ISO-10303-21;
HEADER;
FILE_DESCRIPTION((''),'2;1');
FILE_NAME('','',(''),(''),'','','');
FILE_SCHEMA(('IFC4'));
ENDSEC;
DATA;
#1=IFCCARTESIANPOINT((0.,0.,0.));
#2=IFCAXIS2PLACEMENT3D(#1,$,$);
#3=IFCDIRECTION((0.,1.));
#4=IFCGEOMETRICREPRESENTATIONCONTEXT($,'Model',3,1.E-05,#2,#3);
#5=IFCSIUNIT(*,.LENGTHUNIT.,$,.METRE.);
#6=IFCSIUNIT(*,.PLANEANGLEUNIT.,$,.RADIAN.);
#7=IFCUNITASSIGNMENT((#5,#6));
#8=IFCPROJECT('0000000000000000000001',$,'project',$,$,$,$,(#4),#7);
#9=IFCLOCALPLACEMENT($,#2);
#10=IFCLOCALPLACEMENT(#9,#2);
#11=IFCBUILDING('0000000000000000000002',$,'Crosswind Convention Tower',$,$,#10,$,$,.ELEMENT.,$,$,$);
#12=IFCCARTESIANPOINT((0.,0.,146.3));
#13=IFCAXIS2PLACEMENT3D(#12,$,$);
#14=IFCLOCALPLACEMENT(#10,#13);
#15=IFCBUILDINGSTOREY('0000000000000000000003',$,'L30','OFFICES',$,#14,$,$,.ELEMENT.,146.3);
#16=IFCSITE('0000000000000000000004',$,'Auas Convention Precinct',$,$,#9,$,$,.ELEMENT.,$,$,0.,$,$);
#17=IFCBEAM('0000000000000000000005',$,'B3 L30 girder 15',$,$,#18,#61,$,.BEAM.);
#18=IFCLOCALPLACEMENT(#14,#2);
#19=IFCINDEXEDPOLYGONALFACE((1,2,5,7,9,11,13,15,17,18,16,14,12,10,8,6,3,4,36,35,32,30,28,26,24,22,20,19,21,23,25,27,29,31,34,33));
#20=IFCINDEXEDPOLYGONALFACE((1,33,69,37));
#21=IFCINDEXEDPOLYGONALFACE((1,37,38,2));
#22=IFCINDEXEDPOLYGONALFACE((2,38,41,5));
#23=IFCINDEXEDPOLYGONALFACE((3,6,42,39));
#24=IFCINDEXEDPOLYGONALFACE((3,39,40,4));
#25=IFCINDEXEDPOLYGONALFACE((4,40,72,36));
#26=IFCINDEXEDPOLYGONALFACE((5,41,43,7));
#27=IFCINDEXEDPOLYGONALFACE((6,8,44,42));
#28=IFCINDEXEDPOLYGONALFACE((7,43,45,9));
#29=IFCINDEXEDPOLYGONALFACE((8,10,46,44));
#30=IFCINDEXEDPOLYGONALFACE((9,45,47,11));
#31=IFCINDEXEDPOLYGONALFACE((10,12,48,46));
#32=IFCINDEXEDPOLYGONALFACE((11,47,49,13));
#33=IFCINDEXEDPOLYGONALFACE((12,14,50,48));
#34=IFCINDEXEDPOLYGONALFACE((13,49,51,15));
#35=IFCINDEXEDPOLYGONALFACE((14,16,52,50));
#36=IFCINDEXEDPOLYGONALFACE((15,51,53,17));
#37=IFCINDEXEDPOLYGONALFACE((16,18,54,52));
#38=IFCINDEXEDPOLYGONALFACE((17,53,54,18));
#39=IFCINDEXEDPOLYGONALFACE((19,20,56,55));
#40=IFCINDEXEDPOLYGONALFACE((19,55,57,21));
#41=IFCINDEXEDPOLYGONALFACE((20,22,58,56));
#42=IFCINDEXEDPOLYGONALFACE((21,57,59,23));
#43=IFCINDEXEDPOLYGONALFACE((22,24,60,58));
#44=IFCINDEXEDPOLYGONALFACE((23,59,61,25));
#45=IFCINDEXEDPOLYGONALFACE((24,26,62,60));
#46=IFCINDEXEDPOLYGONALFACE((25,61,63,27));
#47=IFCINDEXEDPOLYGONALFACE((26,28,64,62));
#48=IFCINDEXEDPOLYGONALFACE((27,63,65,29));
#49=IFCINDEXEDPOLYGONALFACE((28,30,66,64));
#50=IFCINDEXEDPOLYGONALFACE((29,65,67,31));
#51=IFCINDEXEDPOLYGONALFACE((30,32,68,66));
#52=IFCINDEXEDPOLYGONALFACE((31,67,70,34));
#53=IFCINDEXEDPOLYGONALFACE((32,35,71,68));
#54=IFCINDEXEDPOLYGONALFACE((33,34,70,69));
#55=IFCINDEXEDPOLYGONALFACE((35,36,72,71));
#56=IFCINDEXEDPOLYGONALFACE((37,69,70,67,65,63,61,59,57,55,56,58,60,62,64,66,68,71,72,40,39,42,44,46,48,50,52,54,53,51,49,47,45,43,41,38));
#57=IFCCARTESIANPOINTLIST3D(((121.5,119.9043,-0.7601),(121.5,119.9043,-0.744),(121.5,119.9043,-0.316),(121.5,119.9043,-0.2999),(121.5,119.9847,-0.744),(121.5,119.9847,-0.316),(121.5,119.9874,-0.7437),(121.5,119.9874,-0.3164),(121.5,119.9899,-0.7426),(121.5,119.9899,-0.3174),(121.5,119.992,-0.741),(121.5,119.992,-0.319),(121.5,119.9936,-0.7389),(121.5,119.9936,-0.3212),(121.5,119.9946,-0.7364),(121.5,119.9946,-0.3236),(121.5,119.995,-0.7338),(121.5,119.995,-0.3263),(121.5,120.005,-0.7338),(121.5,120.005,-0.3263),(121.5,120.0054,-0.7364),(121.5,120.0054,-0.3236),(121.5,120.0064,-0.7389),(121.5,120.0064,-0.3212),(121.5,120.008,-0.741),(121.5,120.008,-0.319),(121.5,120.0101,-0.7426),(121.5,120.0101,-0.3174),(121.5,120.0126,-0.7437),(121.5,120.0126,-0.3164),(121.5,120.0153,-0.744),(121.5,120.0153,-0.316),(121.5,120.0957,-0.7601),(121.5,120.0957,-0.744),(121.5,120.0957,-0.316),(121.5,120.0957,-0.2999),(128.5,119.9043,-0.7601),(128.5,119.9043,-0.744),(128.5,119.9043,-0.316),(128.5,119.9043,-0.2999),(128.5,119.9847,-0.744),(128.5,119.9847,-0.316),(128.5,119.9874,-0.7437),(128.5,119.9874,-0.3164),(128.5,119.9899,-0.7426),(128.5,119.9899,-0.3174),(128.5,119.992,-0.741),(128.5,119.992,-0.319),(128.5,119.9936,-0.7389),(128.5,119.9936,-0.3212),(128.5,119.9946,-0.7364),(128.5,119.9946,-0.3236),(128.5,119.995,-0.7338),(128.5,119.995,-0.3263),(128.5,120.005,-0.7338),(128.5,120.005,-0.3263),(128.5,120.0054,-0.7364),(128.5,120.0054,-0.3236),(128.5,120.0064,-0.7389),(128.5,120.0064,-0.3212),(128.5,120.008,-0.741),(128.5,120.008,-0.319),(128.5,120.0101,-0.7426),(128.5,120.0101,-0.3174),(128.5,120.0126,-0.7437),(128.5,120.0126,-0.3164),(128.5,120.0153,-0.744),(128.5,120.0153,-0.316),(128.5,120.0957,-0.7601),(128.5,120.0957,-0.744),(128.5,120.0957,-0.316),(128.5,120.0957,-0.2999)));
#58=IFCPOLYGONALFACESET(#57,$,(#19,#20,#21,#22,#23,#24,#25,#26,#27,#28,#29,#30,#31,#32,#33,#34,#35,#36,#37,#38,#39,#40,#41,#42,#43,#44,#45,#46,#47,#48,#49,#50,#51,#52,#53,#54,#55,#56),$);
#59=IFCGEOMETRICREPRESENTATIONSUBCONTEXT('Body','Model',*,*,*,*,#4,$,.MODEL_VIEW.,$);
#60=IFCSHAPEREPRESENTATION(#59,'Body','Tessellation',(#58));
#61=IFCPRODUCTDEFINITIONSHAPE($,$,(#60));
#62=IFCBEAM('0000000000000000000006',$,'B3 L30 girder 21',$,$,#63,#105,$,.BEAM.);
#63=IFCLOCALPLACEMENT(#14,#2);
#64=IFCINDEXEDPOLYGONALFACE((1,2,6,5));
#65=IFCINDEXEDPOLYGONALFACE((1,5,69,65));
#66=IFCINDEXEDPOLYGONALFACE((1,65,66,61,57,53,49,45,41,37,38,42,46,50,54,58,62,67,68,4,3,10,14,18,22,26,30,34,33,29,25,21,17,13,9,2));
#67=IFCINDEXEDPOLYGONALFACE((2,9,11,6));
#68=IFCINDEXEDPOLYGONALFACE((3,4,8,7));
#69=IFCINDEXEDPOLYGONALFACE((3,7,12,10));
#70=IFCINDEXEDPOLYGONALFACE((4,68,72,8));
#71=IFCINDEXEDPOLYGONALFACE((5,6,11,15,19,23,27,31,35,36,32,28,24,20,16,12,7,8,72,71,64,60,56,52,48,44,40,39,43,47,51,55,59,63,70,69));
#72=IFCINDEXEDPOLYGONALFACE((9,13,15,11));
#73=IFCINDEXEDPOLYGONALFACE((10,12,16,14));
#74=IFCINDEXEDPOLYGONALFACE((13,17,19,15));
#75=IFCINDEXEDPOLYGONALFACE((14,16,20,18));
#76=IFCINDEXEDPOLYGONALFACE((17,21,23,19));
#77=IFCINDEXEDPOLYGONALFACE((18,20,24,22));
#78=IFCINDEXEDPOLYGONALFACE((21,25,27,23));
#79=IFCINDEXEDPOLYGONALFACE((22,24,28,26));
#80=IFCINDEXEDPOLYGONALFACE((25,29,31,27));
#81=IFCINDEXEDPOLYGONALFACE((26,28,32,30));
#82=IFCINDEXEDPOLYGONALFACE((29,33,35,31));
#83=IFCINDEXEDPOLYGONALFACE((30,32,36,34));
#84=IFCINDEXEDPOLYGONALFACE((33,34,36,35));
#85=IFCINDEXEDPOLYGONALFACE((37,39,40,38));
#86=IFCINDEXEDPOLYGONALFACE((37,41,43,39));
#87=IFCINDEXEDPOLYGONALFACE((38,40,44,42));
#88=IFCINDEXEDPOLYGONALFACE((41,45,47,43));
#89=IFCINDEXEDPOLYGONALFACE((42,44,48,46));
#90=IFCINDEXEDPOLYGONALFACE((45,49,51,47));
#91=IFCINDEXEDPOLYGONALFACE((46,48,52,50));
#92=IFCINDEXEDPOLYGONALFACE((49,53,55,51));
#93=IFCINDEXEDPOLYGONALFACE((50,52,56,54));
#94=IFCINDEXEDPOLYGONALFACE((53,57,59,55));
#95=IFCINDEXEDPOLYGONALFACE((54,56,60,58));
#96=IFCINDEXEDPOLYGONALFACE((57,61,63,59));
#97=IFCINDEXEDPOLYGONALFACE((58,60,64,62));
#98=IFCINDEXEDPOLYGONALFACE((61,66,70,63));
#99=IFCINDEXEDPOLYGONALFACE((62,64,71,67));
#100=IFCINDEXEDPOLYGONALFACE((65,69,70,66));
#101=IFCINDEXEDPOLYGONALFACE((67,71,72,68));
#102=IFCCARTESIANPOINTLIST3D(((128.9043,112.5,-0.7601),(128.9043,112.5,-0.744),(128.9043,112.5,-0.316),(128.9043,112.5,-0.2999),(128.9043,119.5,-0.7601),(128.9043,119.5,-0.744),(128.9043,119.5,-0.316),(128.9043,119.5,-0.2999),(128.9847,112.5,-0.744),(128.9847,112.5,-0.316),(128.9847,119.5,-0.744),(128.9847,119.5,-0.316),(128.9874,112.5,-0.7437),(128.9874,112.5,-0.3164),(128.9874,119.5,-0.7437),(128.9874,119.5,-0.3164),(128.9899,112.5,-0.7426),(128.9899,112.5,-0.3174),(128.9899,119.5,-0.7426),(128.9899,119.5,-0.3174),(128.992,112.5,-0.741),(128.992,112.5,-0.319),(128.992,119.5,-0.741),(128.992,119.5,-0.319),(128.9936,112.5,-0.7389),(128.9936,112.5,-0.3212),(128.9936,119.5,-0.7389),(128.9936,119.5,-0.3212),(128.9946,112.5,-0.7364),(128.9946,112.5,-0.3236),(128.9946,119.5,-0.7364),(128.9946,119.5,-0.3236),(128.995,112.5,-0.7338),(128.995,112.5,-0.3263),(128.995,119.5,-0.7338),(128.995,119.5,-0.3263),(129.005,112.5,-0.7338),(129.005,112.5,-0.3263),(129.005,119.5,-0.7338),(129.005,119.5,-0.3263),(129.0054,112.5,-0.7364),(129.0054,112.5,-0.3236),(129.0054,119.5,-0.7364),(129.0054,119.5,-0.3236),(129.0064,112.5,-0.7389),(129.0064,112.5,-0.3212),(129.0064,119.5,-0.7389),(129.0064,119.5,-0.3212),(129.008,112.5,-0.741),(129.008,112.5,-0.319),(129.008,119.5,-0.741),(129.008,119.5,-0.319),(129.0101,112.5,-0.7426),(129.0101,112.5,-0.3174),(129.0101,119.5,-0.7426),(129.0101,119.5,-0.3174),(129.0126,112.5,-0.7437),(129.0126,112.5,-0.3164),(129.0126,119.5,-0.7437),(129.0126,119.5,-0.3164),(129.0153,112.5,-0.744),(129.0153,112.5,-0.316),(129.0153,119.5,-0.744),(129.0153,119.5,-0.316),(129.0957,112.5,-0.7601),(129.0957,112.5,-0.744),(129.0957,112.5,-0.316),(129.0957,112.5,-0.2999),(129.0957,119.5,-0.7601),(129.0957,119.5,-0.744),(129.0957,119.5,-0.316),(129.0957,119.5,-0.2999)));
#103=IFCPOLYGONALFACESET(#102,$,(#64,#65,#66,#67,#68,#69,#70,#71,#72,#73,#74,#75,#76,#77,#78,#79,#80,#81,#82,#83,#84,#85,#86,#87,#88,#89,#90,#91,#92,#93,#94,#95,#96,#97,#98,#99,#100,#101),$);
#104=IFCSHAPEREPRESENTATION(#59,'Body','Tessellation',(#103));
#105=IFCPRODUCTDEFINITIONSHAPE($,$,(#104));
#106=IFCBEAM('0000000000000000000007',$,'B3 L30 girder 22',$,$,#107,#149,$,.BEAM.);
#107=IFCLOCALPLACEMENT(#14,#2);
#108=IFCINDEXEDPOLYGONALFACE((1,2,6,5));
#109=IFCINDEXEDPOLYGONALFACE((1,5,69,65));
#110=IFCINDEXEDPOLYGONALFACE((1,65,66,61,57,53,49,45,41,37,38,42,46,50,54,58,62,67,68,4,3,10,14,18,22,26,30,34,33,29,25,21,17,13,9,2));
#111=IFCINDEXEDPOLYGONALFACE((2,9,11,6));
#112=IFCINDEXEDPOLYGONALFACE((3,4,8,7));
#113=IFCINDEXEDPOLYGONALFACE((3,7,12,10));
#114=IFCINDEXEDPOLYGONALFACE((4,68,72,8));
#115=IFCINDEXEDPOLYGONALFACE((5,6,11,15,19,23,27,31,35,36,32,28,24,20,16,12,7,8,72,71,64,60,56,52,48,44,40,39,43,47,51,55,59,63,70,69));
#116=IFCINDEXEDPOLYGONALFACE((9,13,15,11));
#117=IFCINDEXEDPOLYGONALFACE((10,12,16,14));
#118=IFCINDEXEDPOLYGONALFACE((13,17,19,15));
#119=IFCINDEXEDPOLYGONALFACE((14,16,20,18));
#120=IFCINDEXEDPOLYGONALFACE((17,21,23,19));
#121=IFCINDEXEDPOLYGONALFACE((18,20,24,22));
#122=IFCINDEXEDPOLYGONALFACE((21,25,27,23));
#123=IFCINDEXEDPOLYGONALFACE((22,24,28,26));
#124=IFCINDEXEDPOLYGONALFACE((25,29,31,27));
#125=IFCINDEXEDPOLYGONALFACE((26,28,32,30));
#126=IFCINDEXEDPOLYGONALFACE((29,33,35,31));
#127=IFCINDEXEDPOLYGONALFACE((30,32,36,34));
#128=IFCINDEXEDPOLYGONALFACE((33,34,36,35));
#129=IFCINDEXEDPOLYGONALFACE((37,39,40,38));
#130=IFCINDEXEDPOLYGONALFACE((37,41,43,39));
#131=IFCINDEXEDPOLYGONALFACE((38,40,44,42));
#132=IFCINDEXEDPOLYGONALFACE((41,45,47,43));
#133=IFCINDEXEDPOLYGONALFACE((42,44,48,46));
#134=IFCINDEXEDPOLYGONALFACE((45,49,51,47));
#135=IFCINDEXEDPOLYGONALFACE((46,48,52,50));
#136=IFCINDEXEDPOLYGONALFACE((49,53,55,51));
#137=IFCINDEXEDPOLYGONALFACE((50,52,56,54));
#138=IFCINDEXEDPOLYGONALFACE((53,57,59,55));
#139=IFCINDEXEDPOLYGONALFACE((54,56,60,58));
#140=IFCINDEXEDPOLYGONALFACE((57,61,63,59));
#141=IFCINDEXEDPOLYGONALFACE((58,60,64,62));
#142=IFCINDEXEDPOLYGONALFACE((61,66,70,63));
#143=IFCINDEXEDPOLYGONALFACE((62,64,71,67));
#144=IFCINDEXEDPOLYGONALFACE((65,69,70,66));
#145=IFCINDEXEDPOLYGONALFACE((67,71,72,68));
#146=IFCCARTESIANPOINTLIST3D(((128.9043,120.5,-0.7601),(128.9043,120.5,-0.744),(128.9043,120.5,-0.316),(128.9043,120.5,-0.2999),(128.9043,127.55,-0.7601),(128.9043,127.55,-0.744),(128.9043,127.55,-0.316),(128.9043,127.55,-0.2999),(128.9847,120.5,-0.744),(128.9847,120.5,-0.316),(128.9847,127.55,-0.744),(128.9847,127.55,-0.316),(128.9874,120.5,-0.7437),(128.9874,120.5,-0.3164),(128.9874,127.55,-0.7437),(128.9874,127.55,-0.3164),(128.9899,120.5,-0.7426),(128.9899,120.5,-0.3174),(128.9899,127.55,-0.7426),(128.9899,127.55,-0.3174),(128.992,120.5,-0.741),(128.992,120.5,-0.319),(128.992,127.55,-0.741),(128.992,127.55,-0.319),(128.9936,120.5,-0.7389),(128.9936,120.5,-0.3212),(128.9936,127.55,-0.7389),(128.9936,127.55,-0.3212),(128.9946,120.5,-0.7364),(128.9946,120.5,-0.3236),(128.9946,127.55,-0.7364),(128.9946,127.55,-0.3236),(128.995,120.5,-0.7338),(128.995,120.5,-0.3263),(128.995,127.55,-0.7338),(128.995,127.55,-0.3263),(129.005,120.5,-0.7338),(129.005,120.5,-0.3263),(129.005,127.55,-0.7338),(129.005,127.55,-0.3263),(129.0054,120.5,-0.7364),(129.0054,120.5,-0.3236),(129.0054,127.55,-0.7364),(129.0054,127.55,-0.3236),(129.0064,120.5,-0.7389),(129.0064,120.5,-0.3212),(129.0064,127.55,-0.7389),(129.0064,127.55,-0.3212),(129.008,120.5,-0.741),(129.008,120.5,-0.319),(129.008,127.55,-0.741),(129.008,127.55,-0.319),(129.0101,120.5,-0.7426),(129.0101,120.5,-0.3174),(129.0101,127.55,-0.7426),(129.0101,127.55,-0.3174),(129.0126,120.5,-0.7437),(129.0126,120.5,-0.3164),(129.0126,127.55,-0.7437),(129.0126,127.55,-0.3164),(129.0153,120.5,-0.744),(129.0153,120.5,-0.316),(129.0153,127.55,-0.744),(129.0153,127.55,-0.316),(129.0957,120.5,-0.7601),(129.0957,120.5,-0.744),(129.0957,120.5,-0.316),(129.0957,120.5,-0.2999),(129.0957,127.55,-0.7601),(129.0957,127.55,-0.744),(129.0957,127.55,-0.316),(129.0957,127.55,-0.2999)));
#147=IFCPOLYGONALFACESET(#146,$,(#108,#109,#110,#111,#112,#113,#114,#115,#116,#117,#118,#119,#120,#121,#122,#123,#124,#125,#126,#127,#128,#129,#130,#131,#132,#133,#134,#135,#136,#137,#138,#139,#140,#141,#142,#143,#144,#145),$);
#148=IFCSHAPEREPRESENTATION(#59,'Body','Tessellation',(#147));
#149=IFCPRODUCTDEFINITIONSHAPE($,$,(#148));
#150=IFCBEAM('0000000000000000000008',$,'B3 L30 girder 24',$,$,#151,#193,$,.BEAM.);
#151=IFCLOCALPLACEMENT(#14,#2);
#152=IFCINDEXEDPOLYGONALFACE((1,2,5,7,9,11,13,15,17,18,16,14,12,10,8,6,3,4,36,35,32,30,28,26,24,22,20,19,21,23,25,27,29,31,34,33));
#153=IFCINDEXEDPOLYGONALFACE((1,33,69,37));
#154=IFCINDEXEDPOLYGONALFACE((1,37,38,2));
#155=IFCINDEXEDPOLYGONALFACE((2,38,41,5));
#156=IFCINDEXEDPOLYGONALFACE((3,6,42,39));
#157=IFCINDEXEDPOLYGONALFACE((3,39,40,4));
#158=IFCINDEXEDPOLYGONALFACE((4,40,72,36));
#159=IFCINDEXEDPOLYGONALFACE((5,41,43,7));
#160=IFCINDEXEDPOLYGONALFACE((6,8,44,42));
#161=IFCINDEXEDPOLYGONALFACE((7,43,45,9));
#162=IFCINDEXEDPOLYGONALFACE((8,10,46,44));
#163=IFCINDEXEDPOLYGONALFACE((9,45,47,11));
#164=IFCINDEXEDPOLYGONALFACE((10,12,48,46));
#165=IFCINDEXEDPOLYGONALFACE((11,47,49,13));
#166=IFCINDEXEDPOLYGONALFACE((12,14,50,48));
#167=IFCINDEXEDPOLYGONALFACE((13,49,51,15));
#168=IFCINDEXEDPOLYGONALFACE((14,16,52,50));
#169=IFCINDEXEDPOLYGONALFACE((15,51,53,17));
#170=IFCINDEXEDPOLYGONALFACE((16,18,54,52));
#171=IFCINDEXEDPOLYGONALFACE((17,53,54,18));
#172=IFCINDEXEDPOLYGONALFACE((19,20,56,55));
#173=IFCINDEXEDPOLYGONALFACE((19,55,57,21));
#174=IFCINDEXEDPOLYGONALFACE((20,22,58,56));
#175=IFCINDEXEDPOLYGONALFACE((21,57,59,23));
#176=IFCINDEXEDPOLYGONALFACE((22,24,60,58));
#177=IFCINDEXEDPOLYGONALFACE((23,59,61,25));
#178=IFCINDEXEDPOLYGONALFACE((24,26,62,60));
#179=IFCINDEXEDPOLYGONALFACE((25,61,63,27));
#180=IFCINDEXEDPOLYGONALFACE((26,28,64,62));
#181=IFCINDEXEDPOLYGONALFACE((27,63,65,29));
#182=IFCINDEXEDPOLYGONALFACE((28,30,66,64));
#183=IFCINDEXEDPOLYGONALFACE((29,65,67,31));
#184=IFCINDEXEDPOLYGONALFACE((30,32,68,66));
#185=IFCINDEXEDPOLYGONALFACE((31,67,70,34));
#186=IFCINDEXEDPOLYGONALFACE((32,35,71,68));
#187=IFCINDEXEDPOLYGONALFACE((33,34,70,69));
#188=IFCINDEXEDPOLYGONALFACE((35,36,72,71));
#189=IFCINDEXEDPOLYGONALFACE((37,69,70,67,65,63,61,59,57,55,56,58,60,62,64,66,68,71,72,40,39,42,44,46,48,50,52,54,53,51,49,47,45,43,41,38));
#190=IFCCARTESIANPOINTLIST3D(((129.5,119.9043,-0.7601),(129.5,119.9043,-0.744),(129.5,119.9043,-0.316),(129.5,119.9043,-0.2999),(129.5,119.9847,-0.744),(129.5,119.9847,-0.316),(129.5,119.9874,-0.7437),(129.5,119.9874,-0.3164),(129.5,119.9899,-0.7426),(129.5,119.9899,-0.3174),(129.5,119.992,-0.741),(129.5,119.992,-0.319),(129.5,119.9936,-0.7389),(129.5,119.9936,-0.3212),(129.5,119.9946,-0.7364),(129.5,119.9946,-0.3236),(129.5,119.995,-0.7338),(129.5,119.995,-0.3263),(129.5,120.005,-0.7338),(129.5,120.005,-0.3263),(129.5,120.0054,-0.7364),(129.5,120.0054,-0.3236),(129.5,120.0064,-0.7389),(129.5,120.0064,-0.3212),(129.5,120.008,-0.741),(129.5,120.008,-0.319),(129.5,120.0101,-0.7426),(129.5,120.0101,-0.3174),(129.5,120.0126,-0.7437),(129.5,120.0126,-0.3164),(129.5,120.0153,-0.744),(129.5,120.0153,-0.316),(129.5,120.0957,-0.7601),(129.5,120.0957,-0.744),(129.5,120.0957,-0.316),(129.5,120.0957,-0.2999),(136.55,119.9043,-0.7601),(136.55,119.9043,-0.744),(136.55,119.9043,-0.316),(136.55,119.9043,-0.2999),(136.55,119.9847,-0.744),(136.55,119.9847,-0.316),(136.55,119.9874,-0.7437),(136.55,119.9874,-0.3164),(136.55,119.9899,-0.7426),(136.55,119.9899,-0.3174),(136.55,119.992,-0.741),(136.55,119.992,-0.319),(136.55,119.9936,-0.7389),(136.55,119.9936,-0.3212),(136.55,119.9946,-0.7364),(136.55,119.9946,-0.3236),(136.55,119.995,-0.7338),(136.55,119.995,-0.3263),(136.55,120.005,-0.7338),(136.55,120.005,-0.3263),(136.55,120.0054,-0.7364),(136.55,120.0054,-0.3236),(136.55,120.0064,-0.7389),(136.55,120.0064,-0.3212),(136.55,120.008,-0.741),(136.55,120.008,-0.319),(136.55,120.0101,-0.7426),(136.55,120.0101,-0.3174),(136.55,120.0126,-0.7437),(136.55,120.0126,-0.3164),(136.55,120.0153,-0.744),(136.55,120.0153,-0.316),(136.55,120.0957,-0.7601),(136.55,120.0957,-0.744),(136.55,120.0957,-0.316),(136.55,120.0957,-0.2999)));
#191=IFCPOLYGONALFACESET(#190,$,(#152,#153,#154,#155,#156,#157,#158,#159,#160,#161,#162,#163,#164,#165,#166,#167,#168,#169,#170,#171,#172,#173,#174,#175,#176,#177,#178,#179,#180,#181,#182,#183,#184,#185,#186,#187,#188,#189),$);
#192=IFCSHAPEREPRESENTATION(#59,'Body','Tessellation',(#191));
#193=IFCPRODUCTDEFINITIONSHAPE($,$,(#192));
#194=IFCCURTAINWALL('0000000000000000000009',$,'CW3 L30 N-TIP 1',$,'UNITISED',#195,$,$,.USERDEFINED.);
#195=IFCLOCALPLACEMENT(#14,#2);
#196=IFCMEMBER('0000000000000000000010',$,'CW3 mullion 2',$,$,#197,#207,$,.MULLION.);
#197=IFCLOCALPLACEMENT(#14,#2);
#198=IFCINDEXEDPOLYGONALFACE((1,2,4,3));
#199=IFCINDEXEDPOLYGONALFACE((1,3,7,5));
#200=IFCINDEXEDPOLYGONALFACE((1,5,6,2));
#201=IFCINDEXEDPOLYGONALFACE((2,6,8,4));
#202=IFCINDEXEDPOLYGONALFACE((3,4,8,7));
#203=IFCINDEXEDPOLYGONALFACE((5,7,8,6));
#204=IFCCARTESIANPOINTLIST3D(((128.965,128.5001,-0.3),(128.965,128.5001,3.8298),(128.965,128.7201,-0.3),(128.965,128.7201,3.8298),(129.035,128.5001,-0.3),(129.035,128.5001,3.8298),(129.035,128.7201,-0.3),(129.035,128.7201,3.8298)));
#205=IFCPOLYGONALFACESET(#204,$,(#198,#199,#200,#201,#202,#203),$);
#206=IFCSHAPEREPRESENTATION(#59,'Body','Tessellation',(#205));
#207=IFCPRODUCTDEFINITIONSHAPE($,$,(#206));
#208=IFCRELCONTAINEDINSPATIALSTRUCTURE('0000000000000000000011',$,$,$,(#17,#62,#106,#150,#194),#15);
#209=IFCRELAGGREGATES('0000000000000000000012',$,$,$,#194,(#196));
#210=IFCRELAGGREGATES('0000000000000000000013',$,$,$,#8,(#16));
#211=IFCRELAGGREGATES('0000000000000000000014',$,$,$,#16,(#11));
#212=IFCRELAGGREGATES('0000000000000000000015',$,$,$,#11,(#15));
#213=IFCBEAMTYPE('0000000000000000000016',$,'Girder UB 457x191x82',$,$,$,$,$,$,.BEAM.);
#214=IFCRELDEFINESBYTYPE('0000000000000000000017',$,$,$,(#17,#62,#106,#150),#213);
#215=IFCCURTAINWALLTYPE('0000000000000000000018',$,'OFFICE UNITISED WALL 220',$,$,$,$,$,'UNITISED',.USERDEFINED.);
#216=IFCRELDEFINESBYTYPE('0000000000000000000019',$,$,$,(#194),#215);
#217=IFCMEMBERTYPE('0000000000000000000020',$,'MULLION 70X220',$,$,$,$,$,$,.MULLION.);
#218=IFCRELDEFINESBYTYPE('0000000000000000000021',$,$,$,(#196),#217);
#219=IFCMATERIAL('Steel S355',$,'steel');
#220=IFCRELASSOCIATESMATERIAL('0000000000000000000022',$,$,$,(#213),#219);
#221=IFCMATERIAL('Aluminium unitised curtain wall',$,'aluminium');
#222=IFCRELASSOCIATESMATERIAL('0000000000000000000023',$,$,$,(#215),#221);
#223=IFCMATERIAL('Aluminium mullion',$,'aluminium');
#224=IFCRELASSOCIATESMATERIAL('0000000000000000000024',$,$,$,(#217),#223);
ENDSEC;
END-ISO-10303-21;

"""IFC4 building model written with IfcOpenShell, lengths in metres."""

from ifc_helpers import new_model, si_unit, direction, frame, origin, origin_2d, place, context, subcontext, project, spatial, rectangle, i_section, extrude, material, material_profile, profile_set, type_object, element, aggregate, save


model = new_model("IFC4")

# Units and contexts
model_context = context("Model", 3, precision=1e-05, world=origin(), true_north=direction((0.0, 1.0)))
body_context = subcontext(model_context, "Body", "Model", "MODEL_VIEW")
ifc_project = project(units=[si_unit("LENGTHUNIT", "METRE"), si_unit("PLANEANGLEUNIT", "RADIAN")], contexts=[model_context])

# Site, building, storey
site_placement = place(None, origin())
site = spatial("IfcSite", under=ifc_project, at=site_placement, Name="Auas Convention Precinct", CompositionType="ELEMENT", RefElevation=0.0)
building_placement = place(site_placement, origin())
building = spatial("IfcBuilding", under=site, at=building_placement, Name="Crosswind Convention Tower", CompositionType="ELEMENT")
storey_placement = place(building_placement, frame((0.0, 0.0, 146.3)))
storey = spatial("IfcBuildingStorey", under=building, at=storey_placement, Name="L30", Description="OFFICES", CompositionType="ELEMENT", Elevation=146.3)

# Beams
ifc_material_1 = material(Name="Steel S355", Category="steel")
ifc_material_profile_1 = material_profile(ifc_material_1, i_section(OverallWidth=0.1914, OverallDepth=0.4602, WebThickness=0.01, FlangeThickness=0.0161, FilletRadius=0.0103, at=origin_2d()), Name="UB 457x191x82")
ifc_profile_set_1 = profile_set([ifc_material_profile_1], Name="Steel S355")
beam_type_1 = type_object("IfcBeamType", Name="Girder UB 457x191x82", PredefinedType="BEAM", material=ifc_profile_set_1)
for number, where, z_axis, x_axis, name in (
    (1, (121.5, 120.0, -0.53), (1.0, 0.0, 0.0), (0.0, 1.0, 0.0), "B3 L30 girder 15"),
    (2, (129.0, 112.5, -0.53), (0.0, 1.0, 0.0), (-1.0, 0.0, 0.0), "B3 L30 girder 21"),
):
    element("IfcBeam", number, at=place(storey_placement, frame(where, z_axis=z_axis, x_axis=x_axis)), inside=storey, type_object=beam_type_1, Name=name, PredefinedType="BEAM", context=body_context, shape_type="SweptSolid", body=[
        extrude(i_section(OverallWidth=0.1914, OverallDepth=0.4602, WebThickness=0.01, FlangeThickness=0.0161, FilletRadius=0.0103, at=origin_2d()), origin(), (0.0, 0.0, 1.0), 7.0),
    ])
for number, where, z_axis, x_axis, name in (
    (3, (129.0, 120.5, -0.53), (0.0, 1.0, 0.0), (-1.0, 0.0, 0.0), "B3 L30 girder 22"),
    (4, (129.5, 120.0, -0.53), (1.0, 0.0, 0.0), (0.0, 1.0, 0.0), "B3 L30 girder 24"),
):
    element("IfcBeam", number, at=place(storey_placement, frame(where, z_axis=z_axis, x_axis=x_axis)), inside=storey, type_object=beam_type_1, Name=name, PredefinedType="BEAM", context=body_context, shape_type="SweptSolid", body=[
        extrude(i_section(OverallWidth=0.1914, OverallDepth=0.4602, WebThickness=0.01, FlangeThickness=0.0161, FilletRadius=0.0103, at=origin_2d()), origin(), (0.0, 0.0, 1.0), 7.05),
    ])

# Curtain wall, member
ifc_material_2 = material(Name="Aluminium unitised curtain wall", Category="aluminium")
curtain_wall_type = type_object("IfcCurtainWallType", Name="OFFICE UNITISED WALL 220", ElementType="UNITISED", PredefinedType="USERDEFINED", material=ifc_material_2)
curtain_wall_placement = place(storey_placement, origin())
curtain_wall = element("IfcCurtainWall", 5, at=curtain_wall_placement, inside=storey, type_object=curtain_wall_type, Name="CW3 L30 N-TIP 1", ObjectType="UNITISED", PredefinedType="USERDEFINED")
ifc_material_3 = material(Name="Aluminium mullion", Category="aluminium")
ifc_material_profile_2 = material_profile(ifc_material_3, rectangle(XDim=0.22, YDim=0.0701, at=origin_2d()), Name="AL 220X70")
ifc_profile_set_2 = profile_set([ifc_material_profile_2], Name="Aluminium mullion")
member_type_1 = type_object("IfcMemberType", Name="MULLION 70X220", PredefinedType="MULLION", material=ifc_profile_set_2)
member_1_placement = place(storey_placement, frame((129.0, 128.6101, -0.3), z_axis=(0.0, 0.0, 1.0), x_axis=(0.0, 1.0, 0.0)))
member_1 = element("IfcMember", 6, at=member_1_placement, type_object=member_type_1, Name="CW3 mullion 2", PredefinedType="MULLION", context=body_context, shape_type="SweptSolid", body=[
    extrude(rectangle(XDim=0.22, YDim=0.0701, at=origin_2d()), origin(), (0.0, 0.0, 1.0), 4.1299),
])

aggregate(curtain_wall, [member_1])

save(model, "model.ifc")
